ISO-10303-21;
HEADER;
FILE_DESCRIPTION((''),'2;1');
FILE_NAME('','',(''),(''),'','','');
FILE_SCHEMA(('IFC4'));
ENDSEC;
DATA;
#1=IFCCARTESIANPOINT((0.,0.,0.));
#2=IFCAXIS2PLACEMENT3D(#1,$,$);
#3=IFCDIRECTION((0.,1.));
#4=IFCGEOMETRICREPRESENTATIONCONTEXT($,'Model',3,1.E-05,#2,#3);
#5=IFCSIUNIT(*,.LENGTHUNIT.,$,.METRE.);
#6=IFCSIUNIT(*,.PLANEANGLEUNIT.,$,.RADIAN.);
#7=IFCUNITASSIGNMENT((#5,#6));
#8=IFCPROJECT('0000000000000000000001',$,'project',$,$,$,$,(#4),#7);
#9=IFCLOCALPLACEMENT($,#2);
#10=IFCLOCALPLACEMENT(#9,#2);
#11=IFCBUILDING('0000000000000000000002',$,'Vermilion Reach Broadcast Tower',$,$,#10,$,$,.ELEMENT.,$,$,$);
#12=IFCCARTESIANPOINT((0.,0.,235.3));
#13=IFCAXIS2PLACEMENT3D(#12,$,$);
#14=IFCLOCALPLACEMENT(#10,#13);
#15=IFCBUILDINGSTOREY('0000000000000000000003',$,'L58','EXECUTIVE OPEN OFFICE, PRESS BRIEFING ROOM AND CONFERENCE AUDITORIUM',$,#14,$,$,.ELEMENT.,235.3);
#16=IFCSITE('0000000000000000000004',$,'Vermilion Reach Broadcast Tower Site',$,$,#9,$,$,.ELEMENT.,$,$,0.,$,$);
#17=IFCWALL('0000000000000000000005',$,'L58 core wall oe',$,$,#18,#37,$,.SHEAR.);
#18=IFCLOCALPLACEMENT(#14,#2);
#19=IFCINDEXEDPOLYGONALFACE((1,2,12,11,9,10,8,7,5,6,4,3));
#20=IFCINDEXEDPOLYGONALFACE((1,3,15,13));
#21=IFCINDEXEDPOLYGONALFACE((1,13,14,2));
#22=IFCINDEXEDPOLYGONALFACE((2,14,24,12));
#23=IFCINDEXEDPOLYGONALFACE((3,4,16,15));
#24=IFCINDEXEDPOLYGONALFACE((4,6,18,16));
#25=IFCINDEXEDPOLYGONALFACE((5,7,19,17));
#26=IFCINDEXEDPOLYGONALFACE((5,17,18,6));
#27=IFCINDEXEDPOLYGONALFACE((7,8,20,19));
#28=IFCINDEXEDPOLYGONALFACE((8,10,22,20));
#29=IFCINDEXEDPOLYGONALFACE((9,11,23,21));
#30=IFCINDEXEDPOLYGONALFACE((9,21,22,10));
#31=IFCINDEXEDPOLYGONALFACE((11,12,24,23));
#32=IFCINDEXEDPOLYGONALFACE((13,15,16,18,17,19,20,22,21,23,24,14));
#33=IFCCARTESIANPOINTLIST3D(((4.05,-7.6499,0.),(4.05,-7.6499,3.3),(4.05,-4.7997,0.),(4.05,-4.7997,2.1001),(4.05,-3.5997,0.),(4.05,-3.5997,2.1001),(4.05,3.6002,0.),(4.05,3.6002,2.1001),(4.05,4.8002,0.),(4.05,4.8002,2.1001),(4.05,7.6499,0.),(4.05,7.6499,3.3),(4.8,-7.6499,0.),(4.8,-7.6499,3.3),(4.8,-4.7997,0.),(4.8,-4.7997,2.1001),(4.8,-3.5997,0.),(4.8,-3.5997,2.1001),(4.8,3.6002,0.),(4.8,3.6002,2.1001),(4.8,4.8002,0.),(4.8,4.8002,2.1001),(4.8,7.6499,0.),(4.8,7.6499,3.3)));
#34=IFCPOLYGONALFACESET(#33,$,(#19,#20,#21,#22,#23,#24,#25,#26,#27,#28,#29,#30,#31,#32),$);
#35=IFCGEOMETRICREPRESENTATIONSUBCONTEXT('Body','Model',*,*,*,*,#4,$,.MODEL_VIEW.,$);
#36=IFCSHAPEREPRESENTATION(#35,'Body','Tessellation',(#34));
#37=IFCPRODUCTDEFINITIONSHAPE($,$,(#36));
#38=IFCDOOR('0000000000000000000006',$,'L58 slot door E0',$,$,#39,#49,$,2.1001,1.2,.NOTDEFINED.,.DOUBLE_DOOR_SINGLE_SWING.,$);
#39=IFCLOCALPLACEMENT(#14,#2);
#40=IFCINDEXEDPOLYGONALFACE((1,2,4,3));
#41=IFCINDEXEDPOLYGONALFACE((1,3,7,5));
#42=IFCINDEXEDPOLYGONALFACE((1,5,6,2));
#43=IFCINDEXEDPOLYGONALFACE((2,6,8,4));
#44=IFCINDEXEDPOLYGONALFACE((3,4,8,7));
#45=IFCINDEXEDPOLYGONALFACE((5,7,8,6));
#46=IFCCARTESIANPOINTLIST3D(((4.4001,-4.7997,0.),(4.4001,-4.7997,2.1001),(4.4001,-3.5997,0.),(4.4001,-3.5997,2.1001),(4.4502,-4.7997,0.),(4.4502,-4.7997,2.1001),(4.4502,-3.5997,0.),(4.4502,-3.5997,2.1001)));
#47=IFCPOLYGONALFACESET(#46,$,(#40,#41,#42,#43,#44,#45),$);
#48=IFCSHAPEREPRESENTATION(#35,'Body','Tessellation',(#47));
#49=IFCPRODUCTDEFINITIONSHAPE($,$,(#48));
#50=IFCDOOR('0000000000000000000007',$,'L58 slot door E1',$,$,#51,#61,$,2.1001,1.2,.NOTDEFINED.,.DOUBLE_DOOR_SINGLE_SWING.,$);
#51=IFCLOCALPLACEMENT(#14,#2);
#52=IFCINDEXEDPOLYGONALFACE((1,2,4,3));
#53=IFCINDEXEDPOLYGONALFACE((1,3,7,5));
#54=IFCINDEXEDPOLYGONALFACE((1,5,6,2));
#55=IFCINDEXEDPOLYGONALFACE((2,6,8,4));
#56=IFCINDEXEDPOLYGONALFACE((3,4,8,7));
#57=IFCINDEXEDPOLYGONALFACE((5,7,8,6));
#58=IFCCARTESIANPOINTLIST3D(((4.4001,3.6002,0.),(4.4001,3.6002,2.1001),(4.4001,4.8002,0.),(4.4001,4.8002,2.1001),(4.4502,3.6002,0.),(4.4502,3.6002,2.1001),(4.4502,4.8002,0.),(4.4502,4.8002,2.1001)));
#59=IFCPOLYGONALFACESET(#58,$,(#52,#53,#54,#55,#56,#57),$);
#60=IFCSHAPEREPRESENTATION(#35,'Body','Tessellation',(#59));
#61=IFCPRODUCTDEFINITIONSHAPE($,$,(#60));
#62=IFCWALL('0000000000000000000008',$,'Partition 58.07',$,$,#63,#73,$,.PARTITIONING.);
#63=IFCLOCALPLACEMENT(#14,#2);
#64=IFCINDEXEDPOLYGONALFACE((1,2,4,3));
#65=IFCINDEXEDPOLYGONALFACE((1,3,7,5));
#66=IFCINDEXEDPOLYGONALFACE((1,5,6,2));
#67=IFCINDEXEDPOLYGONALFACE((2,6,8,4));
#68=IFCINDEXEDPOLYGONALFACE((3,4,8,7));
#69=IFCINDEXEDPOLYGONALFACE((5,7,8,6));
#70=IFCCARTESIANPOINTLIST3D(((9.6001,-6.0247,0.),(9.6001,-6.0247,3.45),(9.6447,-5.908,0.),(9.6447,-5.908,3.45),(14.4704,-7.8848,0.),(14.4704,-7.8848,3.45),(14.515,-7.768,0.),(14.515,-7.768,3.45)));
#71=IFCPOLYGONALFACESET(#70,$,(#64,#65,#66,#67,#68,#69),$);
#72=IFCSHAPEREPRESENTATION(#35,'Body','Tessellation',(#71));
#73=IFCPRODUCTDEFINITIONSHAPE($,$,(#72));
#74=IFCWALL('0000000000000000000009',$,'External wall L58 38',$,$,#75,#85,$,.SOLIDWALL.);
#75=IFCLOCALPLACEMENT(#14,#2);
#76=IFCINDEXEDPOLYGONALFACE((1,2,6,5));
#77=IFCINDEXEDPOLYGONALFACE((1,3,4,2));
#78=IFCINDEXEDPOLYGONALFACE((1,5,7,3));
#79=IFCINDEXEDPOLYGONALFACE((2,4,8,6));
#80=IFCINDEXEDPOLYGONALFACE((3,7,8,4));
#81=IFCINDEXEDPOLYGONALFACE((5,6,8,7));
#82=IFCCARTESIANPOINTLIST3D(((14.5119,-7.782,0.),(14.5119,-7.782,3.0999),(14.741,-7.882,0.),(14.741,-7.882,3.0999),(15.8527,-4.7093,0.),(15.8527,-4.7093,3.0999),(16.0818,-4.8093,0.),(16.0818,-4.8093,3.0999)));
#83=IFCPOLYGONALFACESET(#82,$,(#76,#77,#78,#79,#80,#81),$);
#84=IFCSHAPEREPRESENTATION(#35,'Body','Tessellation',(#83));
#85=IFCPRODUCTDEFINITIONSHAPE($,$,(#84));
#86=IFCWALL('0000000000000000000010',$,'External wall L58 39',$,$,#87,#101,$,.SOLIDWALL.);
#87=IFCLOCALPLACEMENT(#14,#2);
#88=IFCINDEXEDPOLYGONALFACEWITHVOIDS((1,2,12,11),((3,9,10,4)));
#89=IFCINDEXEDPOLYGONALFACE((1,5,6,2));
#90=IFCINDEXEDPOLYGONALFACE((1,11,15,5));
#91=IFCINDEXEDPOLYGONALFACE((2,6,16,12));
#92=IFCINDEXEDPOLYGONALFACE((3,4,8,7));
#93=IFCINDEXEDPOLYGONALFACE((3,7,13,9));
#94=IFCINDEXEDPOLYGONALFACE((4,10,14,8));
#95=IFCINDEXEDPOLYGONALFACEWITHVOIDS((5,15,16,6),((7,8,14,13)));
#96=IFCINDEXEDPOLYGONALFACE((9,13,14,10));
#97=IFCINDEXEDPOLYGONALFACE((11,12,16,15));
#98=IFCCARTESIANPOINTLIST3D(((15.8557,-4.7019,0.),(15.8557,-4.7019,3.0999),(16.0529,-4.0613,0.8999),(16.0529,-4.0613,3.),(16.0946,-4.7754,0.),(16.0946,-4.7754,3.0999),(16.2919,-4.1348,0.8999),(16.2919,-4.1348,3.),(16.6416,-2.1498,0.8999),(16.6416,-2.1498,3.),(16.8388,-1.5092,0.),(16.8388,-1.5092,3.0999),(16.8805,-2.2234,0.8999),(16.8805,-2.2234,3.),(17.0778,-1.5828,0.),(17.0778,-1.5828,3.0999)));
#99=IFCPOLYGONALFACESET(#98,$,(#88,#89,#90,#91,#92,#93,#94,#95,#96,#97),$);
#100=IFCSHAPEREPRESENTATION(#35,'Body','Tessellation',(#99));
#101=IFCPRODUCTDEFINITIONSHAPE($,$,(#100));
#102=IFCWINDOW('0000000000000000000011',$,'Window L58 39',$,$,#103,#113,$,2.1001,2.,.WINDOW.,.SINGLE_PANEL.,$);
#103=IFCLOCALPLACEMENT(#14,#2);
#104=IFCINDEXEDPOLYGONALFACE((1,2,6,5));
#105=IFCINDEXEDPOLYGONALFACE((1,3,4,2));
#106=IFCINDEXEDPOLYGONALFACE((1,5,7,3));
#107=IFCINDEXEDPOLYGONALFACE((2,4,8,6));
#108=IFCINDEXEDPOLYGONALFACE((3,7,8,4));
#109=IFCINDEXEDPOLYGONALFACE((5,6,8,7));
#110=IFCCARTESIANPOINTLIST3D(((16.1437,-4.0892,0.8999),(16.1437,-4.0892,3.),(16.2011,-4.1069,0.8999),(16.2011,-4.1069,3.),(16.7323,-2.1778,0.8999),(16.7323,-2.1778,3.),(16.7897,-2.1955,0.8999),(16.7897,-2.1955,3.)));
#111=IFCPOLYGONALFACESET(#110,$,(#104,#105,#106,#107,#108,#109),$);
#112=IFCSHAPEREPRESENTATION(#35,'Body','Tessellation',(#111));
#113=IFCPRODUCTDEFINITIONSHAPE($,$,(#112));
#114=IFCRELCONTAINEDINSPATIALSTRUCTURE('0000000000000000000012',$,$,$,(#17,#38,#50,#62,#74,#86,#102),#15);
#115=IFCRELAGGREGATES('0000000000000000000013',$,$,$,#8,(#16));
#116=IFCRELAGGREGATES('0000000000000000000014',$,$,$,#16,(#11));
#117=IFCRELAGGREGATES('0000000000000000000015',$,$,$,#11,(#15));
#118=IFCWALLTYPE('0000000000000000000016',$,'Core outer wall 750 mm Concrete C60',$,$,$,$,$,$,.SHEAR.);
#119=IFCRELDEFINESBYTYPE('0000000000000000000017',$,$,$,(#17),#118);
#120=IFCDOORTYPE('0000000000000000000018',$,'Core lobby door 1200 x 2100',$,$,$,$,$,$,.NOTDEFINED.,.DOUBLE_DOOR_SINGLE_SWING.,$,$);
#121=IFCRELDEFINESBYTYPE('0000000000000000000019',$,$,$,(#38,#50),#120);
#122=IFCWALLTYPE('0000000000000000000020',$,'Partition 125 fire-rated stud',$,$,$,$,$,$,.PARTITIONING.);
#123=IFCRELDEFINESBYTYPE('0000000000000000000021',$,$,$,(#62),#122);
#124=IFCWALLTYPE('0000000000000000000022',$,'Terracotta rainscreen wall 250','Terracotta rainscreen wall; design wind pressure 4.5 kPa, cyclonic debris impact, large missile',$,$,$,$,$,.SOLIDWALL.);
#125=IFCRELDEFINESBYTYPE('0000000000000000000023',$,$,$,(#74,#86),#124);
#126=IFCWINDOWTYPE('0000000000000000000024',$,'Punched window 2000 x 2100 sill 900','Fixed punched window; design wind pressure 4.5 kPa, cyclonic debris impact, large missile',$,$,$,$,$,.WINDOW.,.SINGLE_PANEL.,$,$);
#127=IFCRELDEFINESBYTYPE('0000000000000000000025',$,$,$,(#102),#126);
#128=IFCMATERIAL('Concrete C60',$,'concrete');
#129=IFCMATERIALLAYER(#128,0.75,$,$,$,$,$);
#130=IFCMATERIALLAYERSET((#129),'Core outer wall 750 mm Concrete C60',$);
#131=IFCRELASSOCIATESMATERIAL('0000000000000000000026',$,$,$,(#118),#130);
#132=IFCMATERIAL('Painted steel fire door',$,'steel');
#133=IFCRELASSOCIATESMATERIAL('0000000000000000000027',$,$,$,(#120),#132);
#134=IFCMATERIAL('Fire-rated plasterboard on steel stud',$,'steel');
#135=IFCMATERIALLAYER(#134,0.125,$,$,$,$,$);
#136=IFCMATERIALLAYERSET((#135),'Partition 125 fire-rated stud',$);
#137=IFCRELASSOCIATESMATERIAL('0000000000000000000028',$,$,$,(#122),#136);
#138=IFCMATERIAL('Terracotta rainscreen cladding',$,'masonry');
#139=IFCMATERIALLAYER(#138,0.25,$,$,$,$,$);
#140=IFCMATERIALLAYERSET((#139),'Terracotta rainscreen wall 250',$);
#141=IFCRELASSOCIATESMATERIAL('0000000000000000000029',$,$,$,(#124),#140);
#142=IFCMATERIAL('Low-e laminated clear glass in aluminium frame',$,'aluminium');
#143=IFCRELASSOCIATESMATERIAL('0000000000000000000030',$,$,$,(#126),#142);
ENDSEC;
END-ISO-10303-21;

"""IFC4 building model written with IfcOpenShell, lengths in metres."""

from ifc_helpers import new_model, si_unit, direction, frame, frame_2d, origin, place, context, subcontext, project, spatial, rectangle, extrude, material, layer, layer_set, type_object, element, fill, save


model = new_model("IFC4")

# Units and contexts
model_context = context("Model", 3, precision=1e-05, world=origin(), true_north=direction((0.0, 1.0)))
body_context = subcontext(model_context, "Body", "Model", "MODEL_VIEW")
ifc_project = project(units=[si_unit("LENGTHUNIT", "METRE"), si_unit("PLANEANGLEUNIT", "RADIAN")], contexts=[model_context])

# Site, building, storey
site_placement = place(None, origin())
site = spatial("IfcSite", under=ifc_project, at=site_placement, Name="Vermilion Reach Broadcast Tower Site", CompositionType="ELEMENT", RefElevation=0.0)
building_placement = place(site_placement, origin())
building = spatial("IfcBuilding", under=site, at=building_placement, Name="Vermilion Reach Broadcast Tower", CompositionType="ELEMENT")
storey_placement = place(building_placement, frame((0.0, 0.0, 235.3)))
storey = spatial("IfcBuildingStorey", under=building, at=storey_placement, Name="L58", Description="EXECUTIVE OPEN OFFICE, PRESS BRIEFING ROOM AND CONFERENCE AUDITORIUM", CompositionType="ELEMENT", Elevation=235.3)

# Wall, openings, doors
ifc_material_1 = material(Name="Concrete C60", Category="concrete")
ifc_layer_1 = layer(ifc_material_1, 0.75)
ifc_layer_set_1 = layer_set([ifc_layer_1], Name="Core outer wall 750 mm Concrete C60")
wall_type_1 = type_object("IfcWallType", Name="Core outer wall 750 mm Concrete C60", PredefinedType="SHEAR", material=ifc_layer_set_1)
wall_1_placement = place(storey_placement, frame((4.425, -7.6499, 0.0), z_axis=(0.0, 0.0, 1.0), x_axis=(0.0, 1.0, 0.0)))
wall_1 = element("IfcWall", 1, at=wall_1_placement, inside=storey, type_object=wall_type_1, Name="L58 core wall oe", PredefinedType="SHEAR", context=body_context, shape_type="SweptSolid", body=[
    extrude(rectangle(XDim=15.2998, YDim=0.75, at=frame_2d((7.6499, 0.0))), origin(), (0.0, 0.0, 1.0), 3.3),
])
opening_1_placement = place(wall_1_placement, frame((2.8501, 0.0, 0.0)))
opening_1 = element("IfcOpeningElement", 2, at=opening_1_placement, cuts=wall_1, PredefinedType="OPENING", context=body_context, shape_type="SweptSolid", body=[
    extrude(rectangle(XDim=1.2, YDim=2.1001, at=frame_2d((0.6001, 1.05))), frame((0.0, 0.385, 0.0), z_axis=(0.0, -1.0, 0.0), x_axis=(1.0, 0.0, 0.0)), (0.0, 0.0, 1.0), 0.77),
])
opening_2_placement = place(wall_1_placement, frame((11.25, 0.0, 0.0)))
opening_2 = element("IfcOpeningElement", 3, at=opening_2_placement, cuts=wall_1, PredefinedType="OPENING", context=body_context, shape_type="SweptSolid", body=[
    extrude(rectangle(XDim=1.2, YDim=2.1001, at=frame_2d((0.6001, 1.05))), frame((0.0, 0.385, 0.0), z_axis=(0.0, -1.0, 0.0), x_axis=(1.0, 0.0, 0.0)), (0.0, 0.0, 1.0), 0.77),
])
ifc_material_2 = material(Name="Painted steel fire door", Category="steel")
door_type_1 = type_object("IfcDoorType", Name="Core lobby door 1200 x 2100", OperationType="DOUBLE_DOOR_SINGLE_SWING", PredefinedType="NOTDEFINED", material=ifc_material_2)
door_1_placement = place(opening_1_placement, origin())
door_1 = element("IfcDoor", 4, at=door_1_placement, inside=storey, type_object=door_type_1, Name="L58 slot door E0", OperationType="DOUBLE_DOOR_SINGLE_SWING", OverallHeight=2.1001, OverallWidth=1.2, PredefinedType="NOTDEFINED", context=body_context, shape_type="SweptSolid", body=[
    extrude(rectangle(XDim=1.2, YDim=2.1001, at=frame_2d((0.6001, 1.05))), frame((0.0, 0.0249, 0.0), z_axis=(0.0, -1.0, 0.0), x_axis=(1.0, 0.0, 0.0)), (0.0, 0.0, 1.0), 0.05),
])
fill(opening_1, door_1)
door_2_placement = place(opening_2_placement, origin())
door_2 = element("IfcDoor", 5, at=door_2_placement, inside=storey, type_object=door_type_1, Name="L58 slot door E1", OperationType="DOUBLE_DOOR_SINGLE_SWING", OverallHeight=2.1001, OverallWidth=1.2, PredefinedType="NOTDEFINED", context=body_context, shape_type="SweptSolid", body=[
    extrude(rectangle(XDim=1.2, YDim=2.1001, at=frame_2d((0.6001, 1.05))), frame((0.0, 0.0249, 0.0), z_axis=(0.0, -1.0, 0.0), x_axis=(1.0, 0.0, 0.0)), (0.0, 0.0, 1.0), 0.05),
])
fill(opening_2, door_2)

# Walls
ifc_material_3 = material(Name="Fire-rated plasterboard on steel stud", Category="steel")
ifc_layer_2 = layer(ifc_material_3, 0.125)
ifc_layer_set_2 = layer_set([ifc_layer_2], Name="Partition 125 fire-rated stud")
wall_type_2 = type_object("IfcWallType", Name="Partition 125 fire-rated stud", PredefinedType="PARTITIONING", material=ifc_layer_set_2)
wall_2_placement = place(storey_placement, frame((14.4927, -7.8264, 0.0), z_axis=(0.0, 0.0, 1.0), x_axis=(-0.934185, 0.356788, 0.0)))
element("IfcWall", 6, at=wall_2_placement, inside=storey, type_object=wall_type_2, Name="Partition 58.07", PredefinedType="PARTITIONING", context=body_context, shape_type="SweptSolid", body=[
    extrude(rectangle(XDim=5.2134, YDim=0.125, at=frame_2d((2.6067, 0.0))), origin(), (0.0, 0.0, 1.0), 3.45),
])
ifc_material_4 = material(Name="Terracotta rainscreen cladding", Category="masonry")
ifc_layer_3 = layer(ifc_material_4, 0.25)
ifc_layer_set_3 = layer_set([ifc_layer_3], Name="Terracotta rainscreen wall 250")
wall_type_3 = type_object("IfcWallType", Name="Terracotta rainscreen wall 250", Description="Terracotta rainscreen wall; design wind pressure 4.5 kPa, cyclonic debris impact, large missile", PredefinedType="SOLIDWALL", material=ifc_layer_set_3)
wall_3_placement = place(storey_placement, frame((14.6265, -7.832, 0.0), z_axis=(0.0, 0.0, 1.0), x_axis=(0.39994, 0.916541, 0.0)))
element("IfcWall", 7, at=wall_3_placement, inside=storey, type_object=wall_type_3, Name="External wall L58 38", PredefinedType="SOLIDWALL", context=body_context, shape_type="SweptSolid", body=[
    extrude(rectangle(XDim=3.3525, YDim=0.25, at=frame_2d((1.6763, 0.0))), origin(), (0.0, 0.0, 1.0), 3.0999),
])

# Wall, opening, window
wall_4_placement = place(storey_placement, frame((15.9751, -4.7388, 0.0), z_axis=(0.0, 0.0, 1.0), x_axis=(0.294307, 0.955711, 0.0)))
wall_4 = element("IfcWall", 8, at=wall_4_placement, inside=storey, type_object=wall_type_3, Name="External wall L58 39", PredefinedType="SOLIDWALL", context=body_context, shape_type="SweptSolid", body=[
    extrude(rectangle(XDim=3.3406, YDim=0.25, at=frame_2d((1.6704, 0.0))), origin(), (0.0, 0.0, 1.0), 3.0999),
])
opening_3_placement = place(wall_4_placement, frame((0.6704, 0.0, 0.8999)))
opening_3 = element("IfcOpeningElement", 9, at=opening_3_placement, cuts=wall_4, PredefinedType="OPENING", context=body_context, shape_type="SweptSolid", body=[
    extrude(rectangle(XDim=2.0, YDim=2.1001, at=frame_2d((1.0, 1.05))), frame((0.0, 0.135, 0.0), z_axis=(0.0, -1.0, 0.0), x_axis=(1.0, 0.0, 0.0)), (0.0, 0.0, 1.0), 0.27),
])
ifc_material_5 = material(Name="Low-e laminated clear glass in aluminium frame", Category="aluminium")
window_type = type_object("IfcWindowType", Name="Punched window 2000 x 2100 sill 900", Description="Fixed punched window; design wind pressure 4.5 kPa, cyclonic debris impact, large missile", PartitioningType="SINGLE_PANEL", PredefinedType="WINDOW", material=ifc_material_5)
window_placement = place(opening_3_placement, origin())
window = element("IfcWindow", 10, at=window_placement, inside=storey, type_object=window_type, Name="Window L58 39", OverallHeight=2.1001, OverallWidth=2.0, PartitioningType="SINGLE_PANEL", PredefinedType="WINDOW", context=body_context, shape_type="SweptSolid", body=[
    extrude(rectangle(XDim=2.0, YDim=2.1001, at=frame_2d((1.0, 1.05))), frame((0.0, 0.03, 0.0), z_axis=(0.0, -1.0, 0.0), x_axis=(1.0, 0.0, 0.0)), (0.0, 0.0, 1.0), 0.0601),
])
fill(opening_3, window)

save(model, "model.ifc")
